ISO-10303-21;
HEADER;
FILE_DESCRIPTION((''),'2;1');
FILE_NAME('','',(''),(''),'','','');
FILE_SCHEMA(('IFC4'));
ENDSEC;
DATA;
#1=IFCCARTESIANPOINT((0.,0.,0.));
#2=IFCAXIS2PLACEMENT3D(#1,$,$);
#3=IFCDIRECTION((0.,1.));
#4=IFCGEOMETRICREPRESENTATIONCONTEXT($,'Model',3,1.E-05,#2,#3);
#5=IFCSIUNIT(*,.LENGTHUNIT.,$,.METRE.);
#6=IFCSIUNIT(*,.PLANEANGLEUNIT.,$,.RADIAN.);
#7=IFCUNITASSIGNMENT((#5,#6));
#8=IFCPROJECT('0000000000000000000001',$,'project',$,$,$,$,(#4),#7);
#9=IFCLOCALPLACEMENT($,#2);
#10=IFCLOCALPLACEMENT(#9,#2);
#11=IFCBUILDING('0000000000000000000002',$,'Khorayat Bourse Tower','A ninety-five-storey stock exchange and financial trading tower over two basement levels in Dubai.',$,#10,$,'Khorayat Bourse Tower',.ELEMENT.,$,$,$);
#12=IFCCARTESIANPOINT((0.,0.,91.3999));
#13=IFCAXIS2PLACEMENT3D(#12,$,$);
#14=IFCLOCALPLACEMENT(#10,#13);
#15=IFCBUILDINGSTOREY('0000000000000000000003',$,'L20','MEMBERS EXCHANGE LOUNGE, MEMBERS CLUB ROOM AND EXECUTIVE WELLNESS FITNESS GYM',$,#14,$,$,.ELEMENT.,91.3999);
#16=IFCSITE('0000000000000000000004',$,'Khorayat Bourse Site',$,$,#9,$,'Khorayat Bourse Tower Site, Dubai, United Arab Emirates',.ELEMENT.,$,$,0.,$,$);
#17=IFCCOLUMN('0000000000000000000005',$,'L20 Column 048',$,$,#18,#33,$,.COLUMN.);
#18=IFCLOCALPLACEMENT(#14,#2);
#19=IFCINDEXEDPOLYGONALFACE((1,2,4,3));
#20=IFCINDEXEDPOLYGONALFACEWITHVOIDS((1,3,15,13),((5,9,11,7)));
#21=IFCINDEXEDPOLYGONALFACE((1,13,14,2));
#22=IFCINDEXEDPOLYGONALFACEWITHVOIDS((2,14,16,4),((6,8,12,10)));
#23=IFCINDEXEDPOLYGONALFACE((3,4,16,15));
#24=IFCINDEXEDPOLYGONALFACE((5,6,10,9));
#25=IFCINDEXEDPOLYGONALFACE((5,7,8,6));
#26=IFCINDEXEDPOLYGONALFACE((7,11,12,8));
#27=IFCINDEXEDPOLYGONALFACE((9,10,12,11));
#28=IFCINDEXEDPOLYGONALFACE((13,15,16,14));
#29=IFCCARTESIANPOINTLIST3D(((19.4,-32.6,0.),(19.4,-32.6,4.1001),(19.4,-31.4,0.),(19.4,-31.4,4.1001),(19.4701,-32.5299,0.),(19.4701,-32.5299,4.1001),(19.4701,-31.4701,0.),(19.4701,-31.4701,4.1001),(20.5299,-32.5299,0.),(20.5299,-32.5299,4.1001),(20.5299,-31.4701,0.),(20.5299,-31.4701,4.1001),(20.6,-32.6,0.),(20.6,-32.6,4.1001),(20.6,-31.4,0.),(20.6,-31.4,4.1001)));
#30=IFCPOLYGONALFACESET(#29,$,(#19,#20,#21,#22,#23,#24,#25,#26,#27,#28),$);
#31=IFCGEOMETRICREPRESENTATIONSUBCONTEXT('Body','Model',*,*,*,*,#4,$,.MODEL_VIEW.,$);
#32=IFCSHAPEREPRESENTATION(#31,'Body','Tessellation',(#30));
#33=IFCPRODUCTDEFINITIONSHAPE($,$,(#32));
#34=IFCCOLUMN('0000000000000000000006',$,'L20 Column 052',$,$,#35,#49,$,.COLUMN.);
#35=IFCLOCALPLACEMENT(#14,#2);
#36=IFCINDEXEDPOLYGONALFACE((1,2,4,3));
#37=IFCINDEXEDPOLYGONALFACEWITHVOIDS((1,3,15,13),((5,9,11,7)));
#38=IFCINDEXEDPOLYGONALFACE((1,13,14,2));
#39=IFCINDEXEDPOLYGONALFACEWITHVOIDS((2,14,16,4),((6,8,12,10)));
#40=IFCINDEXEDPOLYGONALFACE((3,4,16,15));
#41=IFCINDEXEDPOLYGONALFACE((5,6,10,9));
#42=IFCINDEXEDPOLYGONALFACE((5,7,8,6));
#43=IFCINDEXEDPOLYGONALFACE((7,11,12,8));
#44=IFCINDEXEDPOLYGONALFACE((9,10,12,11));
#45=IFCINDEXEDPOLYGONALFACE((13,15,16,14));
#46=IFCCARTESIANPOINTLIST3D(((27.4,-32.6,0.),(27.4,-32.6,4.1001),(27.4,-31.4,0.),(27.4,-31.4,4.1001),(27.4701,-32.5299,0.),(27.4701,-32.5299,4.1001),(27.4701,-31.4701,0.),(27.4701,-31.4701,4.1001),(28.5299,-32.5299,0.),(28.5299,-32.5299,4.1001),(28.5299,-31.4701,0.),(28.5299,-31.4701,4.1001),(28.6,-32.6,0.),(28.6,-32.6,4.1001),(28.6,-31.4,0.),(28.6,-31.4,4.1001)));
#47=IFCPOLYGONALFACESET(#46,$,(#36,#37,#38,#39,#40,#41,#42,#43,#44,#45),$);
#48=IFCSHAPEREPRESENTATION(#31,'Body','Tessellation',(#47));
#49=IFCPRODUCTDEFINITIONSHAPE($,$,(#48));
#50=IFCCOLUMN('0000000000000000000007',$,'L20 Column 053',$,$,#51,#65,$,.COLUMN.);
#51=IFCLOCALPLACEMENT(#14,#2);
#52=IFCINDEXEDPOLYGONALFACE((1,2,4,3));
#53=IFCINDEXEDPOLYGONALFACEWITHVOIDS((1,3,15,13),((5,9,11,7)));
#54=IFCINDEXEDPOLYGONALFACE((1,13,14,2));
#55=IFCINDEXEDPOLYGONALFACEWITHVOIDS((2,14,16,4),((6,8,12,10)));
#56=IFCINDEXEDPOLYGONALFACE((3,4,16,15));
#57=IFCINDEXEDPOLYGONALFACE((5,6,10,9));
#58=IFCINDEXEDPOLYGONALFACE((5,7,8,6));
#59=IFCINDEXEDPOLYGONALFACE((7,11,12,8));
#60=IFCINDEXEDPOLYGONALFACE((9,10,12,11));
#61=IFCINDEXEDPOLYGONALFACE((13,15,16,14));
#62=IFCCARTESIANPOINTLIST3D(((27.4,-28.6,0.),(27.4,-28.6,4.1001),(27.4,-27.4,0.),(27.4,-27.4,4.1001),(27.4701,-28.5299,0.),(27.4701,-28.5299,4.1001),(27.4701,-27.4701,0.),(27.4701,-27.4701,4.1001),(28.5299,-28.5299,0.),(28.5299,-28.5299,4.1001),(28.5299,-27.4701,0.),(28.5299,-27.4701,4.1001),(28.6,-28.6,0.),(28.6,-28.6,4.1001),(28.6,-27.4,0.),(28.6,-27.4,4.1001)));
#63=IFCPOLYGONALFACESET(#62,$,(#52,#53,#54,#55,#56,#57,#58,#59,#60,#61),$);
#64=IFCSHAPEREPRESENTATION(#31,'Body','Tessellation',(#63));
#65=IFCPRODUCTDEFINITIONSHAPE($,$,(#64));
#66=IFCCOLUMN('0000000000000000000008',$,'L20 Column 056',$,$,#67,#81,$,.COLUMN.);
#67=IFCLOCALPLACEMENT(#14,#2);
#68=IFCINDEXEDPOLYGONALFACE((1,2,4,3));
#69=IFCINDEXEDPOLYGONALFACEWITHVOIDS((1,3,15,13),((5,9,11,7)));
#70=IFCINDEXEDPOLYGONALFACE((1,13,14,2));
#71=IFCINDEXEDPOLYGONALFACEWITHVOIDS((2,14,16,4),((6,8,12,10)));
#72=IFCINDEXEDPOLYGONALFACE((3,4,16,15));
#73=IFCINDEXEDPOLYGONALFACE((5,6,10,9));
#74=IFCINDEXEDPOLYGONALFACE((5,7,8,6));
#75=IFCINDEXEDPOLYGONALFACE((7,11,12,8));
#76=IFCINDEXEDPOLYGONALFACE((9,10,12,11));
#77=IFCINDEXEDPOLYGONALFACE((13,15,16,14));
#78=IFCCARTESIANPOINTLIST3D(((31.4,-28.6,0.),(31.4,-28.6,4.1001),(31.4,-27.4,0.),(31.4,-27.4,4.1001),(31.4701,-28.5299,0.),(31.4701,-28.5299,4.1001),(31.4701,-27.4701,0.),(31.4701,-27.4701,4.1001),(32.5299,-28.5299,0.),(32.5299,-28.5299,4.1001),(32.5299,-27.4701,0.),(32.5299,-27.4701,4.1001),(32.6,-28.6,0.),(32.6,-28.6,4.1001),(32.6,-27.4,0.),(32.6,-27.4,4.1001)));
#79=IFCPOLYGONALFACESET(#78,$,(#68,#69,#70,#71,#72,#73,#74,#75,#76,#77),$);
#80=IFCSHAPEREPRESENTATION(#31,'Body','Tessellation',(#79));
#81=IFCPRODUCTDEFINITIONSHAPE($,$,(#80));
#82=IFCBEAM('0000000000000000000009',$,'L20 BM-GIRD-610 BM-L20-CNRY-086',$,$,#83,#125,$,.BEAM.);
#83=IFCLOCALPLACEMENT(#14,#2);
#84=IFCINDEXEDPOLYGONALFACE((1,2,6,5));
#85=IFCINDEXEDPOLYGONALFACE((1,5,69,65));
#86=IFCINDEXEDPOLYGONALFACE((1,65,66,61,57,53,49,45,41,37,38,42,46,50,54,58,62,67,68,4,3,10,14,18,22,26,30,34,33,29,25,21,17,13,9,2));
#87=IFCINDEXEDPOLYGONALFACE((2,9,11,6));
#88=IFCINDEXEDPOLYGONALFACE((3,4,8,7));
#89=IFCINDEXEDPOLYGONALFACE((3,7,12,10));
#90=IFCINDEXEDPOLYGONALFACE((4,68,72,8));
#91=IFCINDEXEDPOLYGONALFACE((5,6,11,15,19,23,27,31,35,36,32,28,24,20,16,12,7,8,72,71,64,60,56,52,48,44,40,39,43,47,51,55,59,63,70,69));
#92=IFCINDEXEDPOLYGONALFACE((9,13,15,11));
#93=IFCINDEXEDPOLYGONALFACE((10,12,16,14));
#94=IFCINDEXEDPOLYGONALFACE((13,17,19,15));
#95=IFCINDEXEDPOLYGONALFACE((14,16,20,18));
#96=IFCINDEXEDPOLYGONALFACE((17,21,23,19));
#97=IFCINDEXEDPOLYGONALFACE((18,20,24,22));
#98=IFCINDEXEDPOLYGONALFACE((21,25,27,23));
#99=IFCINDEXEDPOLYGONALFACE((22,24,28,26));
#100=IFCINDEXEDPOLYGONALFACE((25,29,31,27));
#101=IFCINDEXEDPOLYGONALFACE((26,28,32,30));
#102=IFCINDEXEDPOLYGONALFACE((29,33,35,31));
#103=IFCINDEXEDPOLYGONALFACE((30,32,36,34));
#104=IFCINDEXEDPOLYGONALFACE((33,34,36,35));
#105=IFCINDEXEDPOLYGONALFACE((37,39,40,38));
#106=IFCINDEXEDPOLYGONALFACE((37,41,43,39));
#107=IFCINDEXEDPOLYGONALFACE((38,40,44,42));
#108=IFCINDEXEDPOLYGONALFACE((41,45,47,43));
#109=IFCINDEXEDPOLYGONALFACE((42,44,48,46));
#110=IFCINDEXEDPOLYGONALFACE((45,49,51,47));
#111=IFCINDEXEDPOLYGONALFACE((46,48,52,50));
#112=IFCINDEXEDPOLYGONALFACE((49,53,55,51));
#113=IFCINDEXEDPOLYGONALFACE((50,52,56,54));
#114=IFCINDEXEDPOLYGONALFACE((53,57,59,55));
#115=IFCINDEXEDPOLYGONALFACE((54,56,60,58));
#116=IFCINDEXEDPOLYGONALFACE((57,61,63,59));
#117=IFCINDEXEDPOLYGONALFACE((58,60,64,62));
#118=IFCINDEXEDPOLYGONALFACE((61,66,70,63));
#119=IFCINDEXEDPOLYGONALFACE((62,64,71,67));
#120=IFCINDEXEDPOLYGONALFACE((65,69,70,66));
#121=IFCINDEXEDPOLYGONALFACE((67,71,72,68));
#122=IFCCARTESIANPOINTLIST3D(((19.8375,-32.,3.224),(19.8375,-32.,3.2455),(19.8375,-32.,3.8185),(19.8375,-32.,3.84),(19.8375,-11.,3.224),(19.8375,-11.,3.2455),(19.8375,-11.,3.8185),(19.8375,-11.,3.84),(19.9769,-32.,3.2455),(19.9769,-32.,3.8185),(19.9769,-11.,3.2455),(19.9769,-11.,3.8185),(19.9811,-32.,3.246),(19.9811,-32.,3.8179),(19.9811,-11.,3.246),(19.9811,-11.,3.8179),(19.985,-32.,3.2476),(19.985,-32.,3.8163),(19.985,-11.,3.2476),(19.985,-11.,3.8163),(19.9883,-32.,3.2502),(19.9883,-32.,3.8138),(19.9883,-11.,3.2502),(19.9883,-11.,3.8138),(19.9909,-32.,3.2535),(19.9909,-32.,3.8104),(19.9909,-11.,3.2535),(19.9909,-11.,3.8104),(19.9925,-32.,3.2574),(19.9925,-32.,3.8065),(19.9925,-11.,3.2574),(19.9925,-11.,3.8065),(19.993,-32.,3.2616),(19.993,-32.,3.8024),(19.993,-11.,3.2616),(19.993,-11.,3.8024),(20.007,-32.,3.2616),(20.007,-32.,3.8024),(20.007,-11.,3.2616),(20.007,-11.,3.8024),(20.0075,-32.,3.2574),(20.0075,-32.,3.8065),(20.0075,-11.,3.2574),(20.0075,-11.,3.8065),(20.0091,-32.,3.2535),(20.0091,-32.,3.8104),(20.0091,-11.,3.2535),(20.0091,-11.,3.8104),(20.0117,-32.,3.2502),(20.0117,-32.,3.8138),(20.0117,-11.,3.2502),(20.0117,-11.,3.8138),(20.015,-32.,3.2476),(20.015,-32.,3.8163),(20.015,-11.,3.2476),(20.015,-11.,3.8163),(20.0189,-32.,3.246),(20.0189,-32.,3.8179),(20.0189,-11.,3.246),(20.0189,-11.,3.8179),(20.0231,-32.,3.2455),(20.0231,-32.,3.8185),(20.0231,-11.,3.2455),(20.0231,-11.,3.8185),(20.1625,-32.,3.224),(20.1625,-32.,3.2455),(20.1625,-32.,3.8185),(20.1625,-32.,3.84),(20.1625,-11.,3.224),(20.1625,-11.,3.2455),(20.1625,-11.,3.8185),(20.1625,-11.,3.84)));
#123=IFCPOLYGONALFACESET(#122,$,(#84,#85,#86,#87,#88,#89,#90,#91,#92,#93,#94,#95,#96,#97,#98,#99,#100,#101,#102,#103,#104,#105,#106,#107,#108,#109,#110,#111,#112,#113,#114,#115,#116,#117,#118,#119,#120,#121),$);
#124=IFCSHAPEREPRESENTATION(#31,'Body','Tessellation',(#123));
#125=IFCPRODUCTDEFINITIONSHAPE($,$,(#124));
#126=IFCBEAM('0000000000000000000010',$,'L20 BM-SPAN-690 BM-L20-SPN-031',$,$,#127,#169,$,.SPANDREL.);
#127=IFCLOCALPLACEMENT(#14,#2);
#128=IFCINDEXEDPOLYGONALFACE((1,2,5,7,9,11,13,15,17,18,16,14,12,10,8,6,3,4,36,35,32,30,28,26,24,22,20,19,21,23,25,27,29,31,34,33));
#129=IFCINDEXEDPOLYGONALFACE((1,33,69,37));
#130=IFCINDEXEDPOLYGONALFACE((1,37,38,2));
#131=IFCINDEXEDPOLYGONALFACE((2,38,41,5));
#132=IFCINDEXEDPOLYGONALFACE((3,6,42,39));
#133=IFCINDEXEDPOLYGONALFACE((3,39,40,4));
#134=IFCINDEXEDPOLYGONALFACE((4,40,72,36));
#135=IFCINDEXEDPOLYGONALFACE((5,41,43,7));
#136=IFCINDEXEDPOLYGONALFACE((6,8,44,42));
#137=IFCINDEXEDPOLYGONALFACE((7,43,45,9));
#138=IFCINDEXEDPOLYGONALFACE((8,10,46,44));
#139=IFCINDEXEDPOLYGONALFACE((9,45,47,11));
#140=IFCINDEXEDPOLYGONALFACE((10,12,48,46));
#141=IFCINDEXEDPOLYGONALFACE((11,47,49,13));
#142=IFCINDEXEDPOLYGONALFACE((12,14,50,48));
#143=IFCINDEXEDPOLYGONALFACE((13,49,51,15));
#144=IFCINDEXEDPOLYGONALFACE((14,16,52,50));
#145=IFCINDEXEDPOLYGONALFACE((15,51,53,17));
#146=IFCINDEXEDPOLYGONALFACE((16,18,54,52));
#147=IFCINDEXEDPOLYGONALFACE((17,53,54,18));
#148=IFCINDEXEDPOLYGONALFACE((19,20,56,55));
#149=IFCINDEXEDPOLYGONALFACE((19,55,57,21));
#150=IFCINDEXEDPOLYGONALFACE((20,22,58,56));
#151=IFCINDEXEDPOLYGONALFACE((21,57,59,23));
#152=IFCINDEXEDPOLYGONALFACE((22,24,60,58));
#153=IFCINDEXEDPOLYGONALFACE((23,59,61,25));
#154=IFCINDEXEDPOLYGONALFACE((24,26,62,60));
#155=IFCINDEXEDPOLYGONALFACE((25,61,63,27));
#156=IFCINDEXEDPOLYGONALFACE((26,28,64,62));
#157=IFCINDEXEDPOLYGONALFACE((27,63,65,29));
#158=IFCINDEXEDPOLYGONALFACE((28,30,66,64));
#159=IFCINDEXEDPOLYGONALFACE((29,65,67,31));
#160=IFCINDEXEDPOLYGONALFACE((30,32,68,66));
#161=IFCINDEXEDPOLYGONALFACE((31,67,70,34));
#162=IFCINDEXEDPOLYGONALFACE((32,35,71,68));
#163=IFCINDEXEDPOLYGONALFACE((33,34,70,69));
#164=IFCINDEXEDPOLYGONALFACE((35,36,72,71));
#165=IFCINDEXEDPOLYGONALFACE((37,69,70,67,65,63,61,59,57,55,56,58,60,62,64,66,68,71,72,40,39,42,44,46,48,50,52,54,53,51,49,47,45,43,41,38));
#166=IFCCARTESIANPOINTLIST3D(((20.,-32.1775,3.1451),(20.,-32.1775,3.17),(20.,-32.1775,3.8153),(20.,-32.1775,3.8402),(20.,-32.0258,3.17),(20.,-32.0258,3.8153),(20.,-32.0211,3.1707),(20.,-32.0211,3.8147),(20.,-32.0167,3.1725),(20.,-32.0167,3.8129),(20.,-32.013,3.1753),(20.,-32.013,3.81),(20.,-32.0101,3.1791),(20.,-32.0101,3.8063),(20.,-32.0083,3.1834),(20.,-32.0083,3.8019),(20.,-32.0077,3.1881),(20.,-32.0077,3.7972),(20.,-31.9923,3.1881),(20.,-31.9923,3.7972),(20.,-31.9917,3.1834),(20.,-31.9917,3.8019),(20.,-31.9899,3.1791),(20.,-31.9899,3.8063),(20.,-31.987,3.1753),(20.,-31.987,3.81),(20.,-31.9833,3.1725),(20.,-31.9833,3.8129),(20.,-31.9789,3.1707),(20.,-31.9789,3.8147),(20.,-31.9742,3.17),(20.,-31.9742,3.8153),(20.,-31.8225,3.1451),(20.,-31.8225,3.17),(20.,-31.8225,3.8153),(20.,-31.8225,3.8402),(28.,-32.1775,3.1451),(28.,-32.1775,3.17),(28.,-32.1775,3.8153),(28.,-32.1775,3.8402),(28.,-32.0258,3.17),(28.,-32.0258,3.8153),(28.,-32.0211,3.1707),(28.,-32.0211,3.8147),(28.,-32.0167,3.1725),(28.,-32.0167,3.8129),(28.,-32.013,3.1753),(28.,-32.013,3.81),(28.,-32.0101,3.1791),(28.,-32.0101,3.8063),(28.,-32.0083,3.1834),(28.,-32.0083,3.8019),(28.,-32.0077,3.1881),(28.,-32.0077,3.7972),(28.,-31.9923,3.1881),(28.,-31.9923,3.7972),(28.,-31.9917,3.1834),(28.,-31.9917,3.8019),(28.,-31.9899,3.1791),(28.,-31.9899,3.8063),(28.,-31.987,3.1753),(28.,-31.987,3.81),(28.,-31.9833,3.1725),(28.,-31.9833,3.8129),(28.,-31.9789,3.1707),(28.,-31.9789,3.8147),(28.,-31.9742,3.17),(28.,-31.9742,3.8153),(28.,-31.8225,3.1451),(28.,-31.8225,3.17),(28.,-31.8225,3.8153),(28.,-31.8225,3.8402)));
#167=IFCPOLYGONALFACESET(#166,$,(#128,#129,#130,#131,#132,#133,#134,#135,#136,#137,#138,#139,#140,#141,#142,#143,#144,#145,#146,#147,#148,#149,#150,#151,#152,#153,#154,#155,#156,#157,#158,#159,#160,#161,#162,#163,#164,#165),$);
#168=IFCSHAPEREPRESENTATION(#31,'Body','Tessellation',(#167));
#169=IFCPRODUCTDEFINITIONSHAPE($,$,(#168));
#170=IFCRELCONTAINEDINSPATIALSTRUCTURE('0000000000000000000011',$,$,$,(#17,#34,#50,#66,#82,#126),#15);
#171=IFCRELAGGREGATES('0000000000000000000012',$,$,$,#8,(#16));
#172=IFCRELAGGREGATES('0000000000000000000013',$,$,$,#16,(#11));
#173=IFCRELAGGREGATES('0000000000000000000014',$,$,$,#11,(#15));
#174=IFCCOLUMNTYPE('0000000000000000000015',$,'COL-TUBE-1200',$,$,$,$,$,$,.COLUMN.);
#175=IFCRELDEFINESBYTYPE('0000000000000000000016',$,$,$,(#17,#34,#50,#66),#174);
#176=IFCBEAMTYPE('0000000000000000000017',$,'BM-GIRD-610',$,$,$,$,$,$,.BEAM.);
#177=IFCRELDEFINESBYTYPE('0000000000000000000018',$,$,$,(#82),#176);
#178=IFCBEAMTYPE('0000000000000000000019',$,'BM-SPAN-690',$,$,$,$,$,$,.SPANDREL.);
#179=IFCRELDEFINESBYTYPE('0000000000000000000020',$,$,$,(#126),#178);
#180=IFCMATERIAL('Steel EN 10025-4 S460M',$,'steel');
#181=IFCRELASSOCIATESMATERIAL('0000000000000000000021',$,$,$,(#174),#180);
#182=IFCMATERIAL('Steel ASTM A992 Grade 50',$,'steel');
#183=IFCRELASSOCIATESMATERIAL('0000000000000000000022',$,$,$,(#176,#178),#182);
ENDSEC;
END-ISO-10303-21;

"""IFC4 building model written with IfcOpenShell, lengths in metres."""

from ifc_helpers import new_model, si_unit, direction, frame, origin, origin_2d, place, context, subcontext, project, spatial, hollow_rectangle, i_section, extrude, source, transform, mapped, material, material_profile, profile_set, type_object, element, save


model = new_model("IFC4")

# Units and contexts
model_context = context("Model", 3, precision=1e-05, world=origin(), true_north=direction((0.0, 1.0)))
body_context = subcontext(model_context, "Body", "Model", "MODEL_VIEW")
ifc_project = project(units=[si_unit("LENGTHUNIT", "METRE"), si_unit("PLANEANGLEUNIT", "RADIAN")], contexts=[model_context])

# Site, building, storey
site_placement = place(None, origin())
site = spatial("IfcSite", under=ifc_project, at=site_placement, Name="Khorayat Bourse Site", LongName="Khorayat Bourse Tower Site, Dubai, United Arab Emirates", CompositionType="ELEMENT", RefElevation=0.0)
building_placement = place(site_placement, origin())
building = spatial("IfcBuilding", under=site, at=building_placement, Name="Khorayat Bourse Tower", Description="A ninety-five-storey stock exchange and financial trading tower over two basement levels in Dubai.", LongName="Khorayat Bourse Tower", CompositionType="ELEMENT")
storey_placement = place(building_placement, frame((0.0, 0.0, 91.3999)))
storey = spatial("IfcBuildingStorey", under=building, at=storey_placement, Name="L20", Description="MEMBERS EXCHANGE LOUNGE, MEMBERS CLUB ROOM AND EXECUTIVE WELLNESS FITNESS GYM", CompositionType="ELEMENT", Elevation=91.3999)

# Columns
ifc_material_1 = material(Name="Steel EN 10025-4 S460M", Category="steel")
ifc_material_profile_1 = material_profile(ifc_material_1, hollow_rectangle(XDim=1.2, YDim=1.2, WallThickness=0.0701, at=origin_2d()), Name="BOX 1200x1200x70")
ifc_profile_set_1 = profile_set([ifc_material_profile_1], Name="Steel EN 10025-4 S460M")
column_type = type_object("IfcColumnType", Name="COL-TUBE-1200", PredefinedType="COLUMN", material=ifc_profile_set_1)
shared_shape_1 = source(origin(), body_context, "Body", "SweptSolid", [
    extrude(hollow_rectangle(XDim=1.2, YDim=1.2, WallThickness=0.0701, at=origin_2d()), origin(), (0.0, 0.0, 1.0), 4.1001),
])
for number, where, z_axis, x_axis, name in (
    (1, (20.0, -32.0, 0.0), (0.0, 0.0, 1.0), (1.0, 0.0, 0.0), "L20 Column 048"),
    (2, (28.0, -32.0, 0.0), (0.0, 0.0, 1.0), (1.0, 0.0, 0.0), "L20 Column 052"),
    (3, (28.0, -28.0, 0.0), (0.0, 0.0, 1.0), (1.0, 0.0, 0.0), "L20 Column 053"),
    (4, (32.0, -28.0, 0.0), (0.0, 0.0, 1.0), (1.0, 0.0, 0.0), "L20 Column 056"),
):
    element("IfcColumn", number, at=place(storey_placement, frame(where, z_axis=z_axis, x_axis=x_axis)), inside=storey, type_object=column_type, Name=name, PredefinedType="COLUMN", context=body_context, shape_type="MappedRepresentation", body=[
        mapped(shared_shape_1, transform((0.0, 0.0, 0.0), scale=1.0)),
    ])

# Beams
ifc_material_2 = material(Name="Steel ASTM A992 Grade 50", Category="steel")
ifc_material_profile_2 = material_profile(ifc_material_2, i_section(OverallWidth=0.325, OverallDepth=0.616, WebThickness=0.0139, FlangeThickness=0.0215, FilletRadius=0.0161, at=origin_2d()), Name="W610X174")
ifc_profile_set_2 = profile_set([ifc_material_profile_2], Name="Steel ASTM A992 Grade 50")
beam_type_1 = type_object("IfcBeamType", Name="BM-GIRD-610", PredefinedType="BEAM", material=ifc_profile_set_2)
shared_shape_2 = source(origin(), body_context, "Body", "SweptSolid", [
    extrude(i_section(OverallWidth=0.325, OverallDepth=0.616, WebThickness=0.0139, FlangeThickness=0.0215, FilletRadius=0.0161, at=origin_2d()), origin(), (0.0, 0.0, 1.0), 21.0),
])
beam_1_placement = place(storey_placement, frame((20.0, -32.0, 3.532), z_axis=(0.0, 1.0, 0.0), x_axis=(-1.0, 0.0, 0.0)))
element("IfcBeam", 5, at=beam_1_placement, inside=storey, type_object=beam_type_1, Name="L20 BM-GIRD-610 BM-L20-CNRY-086", PredefinedType="BEAM", context=body_context, shape_type="MappedRepresentation", body=[
    mapped(shared_shape_2, transform((0.0, 0.0, 0.0), scale=1.0)),
])
ifc_material_profile_3 = material_profile(ifc_material_2, i_section(OverallWidth=0.355, OverallDepth=0.6951, WebThickness=0.0154, FlangeThickness=0.0249, FilletRadius=0.0181, at=origin_2d()), Name="W690X217")
ifc_profile_set_3 = profile_set([ifc_material_profile_3], Name="Steel ASTM A992 Grade 50")
beam_type_2 = type_object("IfcBeamType", Name="BM-SPAN-690", PredefinedType="SPANDREL", material=ifc_profile_set_3)
shared_shape_3 = source(origin(), body_context, "Body", "SweptSolid", [
    extrude(i_section(OverallWidth=0.355, OverallDepth=0.6951, WebThickness=0.0154, FlangeThickness=0.0249, FilletRadius=0.0181, at=origin_2d()), origin(), (0.0, 0.0, 1.0), 8.0),
])
for number, where, z_axis, x_axis, name in (
    (6, (20.0, -32.0, 3.4927), (1.0, 0.0, 0.0), (0.0, 1.0, 0.0), "L20 BM-SPAN-690 BM-L20-SPN-031"),
):
    element("IfcBeam", number, at=place(storey_placement, frame(where, z_axis=z_axis, x_axis=x_axis)), inside=storey, type_object=beam_type_2, Name=name, PredefinedType="SPANDREL", context=body_context, shape_type="MappedRepresentation", body=[
        mapped(shared_shape_3, transform((0.0, 0.0, 0.0), scale=1.0)),
    ])

save(model, "model.ifc")
